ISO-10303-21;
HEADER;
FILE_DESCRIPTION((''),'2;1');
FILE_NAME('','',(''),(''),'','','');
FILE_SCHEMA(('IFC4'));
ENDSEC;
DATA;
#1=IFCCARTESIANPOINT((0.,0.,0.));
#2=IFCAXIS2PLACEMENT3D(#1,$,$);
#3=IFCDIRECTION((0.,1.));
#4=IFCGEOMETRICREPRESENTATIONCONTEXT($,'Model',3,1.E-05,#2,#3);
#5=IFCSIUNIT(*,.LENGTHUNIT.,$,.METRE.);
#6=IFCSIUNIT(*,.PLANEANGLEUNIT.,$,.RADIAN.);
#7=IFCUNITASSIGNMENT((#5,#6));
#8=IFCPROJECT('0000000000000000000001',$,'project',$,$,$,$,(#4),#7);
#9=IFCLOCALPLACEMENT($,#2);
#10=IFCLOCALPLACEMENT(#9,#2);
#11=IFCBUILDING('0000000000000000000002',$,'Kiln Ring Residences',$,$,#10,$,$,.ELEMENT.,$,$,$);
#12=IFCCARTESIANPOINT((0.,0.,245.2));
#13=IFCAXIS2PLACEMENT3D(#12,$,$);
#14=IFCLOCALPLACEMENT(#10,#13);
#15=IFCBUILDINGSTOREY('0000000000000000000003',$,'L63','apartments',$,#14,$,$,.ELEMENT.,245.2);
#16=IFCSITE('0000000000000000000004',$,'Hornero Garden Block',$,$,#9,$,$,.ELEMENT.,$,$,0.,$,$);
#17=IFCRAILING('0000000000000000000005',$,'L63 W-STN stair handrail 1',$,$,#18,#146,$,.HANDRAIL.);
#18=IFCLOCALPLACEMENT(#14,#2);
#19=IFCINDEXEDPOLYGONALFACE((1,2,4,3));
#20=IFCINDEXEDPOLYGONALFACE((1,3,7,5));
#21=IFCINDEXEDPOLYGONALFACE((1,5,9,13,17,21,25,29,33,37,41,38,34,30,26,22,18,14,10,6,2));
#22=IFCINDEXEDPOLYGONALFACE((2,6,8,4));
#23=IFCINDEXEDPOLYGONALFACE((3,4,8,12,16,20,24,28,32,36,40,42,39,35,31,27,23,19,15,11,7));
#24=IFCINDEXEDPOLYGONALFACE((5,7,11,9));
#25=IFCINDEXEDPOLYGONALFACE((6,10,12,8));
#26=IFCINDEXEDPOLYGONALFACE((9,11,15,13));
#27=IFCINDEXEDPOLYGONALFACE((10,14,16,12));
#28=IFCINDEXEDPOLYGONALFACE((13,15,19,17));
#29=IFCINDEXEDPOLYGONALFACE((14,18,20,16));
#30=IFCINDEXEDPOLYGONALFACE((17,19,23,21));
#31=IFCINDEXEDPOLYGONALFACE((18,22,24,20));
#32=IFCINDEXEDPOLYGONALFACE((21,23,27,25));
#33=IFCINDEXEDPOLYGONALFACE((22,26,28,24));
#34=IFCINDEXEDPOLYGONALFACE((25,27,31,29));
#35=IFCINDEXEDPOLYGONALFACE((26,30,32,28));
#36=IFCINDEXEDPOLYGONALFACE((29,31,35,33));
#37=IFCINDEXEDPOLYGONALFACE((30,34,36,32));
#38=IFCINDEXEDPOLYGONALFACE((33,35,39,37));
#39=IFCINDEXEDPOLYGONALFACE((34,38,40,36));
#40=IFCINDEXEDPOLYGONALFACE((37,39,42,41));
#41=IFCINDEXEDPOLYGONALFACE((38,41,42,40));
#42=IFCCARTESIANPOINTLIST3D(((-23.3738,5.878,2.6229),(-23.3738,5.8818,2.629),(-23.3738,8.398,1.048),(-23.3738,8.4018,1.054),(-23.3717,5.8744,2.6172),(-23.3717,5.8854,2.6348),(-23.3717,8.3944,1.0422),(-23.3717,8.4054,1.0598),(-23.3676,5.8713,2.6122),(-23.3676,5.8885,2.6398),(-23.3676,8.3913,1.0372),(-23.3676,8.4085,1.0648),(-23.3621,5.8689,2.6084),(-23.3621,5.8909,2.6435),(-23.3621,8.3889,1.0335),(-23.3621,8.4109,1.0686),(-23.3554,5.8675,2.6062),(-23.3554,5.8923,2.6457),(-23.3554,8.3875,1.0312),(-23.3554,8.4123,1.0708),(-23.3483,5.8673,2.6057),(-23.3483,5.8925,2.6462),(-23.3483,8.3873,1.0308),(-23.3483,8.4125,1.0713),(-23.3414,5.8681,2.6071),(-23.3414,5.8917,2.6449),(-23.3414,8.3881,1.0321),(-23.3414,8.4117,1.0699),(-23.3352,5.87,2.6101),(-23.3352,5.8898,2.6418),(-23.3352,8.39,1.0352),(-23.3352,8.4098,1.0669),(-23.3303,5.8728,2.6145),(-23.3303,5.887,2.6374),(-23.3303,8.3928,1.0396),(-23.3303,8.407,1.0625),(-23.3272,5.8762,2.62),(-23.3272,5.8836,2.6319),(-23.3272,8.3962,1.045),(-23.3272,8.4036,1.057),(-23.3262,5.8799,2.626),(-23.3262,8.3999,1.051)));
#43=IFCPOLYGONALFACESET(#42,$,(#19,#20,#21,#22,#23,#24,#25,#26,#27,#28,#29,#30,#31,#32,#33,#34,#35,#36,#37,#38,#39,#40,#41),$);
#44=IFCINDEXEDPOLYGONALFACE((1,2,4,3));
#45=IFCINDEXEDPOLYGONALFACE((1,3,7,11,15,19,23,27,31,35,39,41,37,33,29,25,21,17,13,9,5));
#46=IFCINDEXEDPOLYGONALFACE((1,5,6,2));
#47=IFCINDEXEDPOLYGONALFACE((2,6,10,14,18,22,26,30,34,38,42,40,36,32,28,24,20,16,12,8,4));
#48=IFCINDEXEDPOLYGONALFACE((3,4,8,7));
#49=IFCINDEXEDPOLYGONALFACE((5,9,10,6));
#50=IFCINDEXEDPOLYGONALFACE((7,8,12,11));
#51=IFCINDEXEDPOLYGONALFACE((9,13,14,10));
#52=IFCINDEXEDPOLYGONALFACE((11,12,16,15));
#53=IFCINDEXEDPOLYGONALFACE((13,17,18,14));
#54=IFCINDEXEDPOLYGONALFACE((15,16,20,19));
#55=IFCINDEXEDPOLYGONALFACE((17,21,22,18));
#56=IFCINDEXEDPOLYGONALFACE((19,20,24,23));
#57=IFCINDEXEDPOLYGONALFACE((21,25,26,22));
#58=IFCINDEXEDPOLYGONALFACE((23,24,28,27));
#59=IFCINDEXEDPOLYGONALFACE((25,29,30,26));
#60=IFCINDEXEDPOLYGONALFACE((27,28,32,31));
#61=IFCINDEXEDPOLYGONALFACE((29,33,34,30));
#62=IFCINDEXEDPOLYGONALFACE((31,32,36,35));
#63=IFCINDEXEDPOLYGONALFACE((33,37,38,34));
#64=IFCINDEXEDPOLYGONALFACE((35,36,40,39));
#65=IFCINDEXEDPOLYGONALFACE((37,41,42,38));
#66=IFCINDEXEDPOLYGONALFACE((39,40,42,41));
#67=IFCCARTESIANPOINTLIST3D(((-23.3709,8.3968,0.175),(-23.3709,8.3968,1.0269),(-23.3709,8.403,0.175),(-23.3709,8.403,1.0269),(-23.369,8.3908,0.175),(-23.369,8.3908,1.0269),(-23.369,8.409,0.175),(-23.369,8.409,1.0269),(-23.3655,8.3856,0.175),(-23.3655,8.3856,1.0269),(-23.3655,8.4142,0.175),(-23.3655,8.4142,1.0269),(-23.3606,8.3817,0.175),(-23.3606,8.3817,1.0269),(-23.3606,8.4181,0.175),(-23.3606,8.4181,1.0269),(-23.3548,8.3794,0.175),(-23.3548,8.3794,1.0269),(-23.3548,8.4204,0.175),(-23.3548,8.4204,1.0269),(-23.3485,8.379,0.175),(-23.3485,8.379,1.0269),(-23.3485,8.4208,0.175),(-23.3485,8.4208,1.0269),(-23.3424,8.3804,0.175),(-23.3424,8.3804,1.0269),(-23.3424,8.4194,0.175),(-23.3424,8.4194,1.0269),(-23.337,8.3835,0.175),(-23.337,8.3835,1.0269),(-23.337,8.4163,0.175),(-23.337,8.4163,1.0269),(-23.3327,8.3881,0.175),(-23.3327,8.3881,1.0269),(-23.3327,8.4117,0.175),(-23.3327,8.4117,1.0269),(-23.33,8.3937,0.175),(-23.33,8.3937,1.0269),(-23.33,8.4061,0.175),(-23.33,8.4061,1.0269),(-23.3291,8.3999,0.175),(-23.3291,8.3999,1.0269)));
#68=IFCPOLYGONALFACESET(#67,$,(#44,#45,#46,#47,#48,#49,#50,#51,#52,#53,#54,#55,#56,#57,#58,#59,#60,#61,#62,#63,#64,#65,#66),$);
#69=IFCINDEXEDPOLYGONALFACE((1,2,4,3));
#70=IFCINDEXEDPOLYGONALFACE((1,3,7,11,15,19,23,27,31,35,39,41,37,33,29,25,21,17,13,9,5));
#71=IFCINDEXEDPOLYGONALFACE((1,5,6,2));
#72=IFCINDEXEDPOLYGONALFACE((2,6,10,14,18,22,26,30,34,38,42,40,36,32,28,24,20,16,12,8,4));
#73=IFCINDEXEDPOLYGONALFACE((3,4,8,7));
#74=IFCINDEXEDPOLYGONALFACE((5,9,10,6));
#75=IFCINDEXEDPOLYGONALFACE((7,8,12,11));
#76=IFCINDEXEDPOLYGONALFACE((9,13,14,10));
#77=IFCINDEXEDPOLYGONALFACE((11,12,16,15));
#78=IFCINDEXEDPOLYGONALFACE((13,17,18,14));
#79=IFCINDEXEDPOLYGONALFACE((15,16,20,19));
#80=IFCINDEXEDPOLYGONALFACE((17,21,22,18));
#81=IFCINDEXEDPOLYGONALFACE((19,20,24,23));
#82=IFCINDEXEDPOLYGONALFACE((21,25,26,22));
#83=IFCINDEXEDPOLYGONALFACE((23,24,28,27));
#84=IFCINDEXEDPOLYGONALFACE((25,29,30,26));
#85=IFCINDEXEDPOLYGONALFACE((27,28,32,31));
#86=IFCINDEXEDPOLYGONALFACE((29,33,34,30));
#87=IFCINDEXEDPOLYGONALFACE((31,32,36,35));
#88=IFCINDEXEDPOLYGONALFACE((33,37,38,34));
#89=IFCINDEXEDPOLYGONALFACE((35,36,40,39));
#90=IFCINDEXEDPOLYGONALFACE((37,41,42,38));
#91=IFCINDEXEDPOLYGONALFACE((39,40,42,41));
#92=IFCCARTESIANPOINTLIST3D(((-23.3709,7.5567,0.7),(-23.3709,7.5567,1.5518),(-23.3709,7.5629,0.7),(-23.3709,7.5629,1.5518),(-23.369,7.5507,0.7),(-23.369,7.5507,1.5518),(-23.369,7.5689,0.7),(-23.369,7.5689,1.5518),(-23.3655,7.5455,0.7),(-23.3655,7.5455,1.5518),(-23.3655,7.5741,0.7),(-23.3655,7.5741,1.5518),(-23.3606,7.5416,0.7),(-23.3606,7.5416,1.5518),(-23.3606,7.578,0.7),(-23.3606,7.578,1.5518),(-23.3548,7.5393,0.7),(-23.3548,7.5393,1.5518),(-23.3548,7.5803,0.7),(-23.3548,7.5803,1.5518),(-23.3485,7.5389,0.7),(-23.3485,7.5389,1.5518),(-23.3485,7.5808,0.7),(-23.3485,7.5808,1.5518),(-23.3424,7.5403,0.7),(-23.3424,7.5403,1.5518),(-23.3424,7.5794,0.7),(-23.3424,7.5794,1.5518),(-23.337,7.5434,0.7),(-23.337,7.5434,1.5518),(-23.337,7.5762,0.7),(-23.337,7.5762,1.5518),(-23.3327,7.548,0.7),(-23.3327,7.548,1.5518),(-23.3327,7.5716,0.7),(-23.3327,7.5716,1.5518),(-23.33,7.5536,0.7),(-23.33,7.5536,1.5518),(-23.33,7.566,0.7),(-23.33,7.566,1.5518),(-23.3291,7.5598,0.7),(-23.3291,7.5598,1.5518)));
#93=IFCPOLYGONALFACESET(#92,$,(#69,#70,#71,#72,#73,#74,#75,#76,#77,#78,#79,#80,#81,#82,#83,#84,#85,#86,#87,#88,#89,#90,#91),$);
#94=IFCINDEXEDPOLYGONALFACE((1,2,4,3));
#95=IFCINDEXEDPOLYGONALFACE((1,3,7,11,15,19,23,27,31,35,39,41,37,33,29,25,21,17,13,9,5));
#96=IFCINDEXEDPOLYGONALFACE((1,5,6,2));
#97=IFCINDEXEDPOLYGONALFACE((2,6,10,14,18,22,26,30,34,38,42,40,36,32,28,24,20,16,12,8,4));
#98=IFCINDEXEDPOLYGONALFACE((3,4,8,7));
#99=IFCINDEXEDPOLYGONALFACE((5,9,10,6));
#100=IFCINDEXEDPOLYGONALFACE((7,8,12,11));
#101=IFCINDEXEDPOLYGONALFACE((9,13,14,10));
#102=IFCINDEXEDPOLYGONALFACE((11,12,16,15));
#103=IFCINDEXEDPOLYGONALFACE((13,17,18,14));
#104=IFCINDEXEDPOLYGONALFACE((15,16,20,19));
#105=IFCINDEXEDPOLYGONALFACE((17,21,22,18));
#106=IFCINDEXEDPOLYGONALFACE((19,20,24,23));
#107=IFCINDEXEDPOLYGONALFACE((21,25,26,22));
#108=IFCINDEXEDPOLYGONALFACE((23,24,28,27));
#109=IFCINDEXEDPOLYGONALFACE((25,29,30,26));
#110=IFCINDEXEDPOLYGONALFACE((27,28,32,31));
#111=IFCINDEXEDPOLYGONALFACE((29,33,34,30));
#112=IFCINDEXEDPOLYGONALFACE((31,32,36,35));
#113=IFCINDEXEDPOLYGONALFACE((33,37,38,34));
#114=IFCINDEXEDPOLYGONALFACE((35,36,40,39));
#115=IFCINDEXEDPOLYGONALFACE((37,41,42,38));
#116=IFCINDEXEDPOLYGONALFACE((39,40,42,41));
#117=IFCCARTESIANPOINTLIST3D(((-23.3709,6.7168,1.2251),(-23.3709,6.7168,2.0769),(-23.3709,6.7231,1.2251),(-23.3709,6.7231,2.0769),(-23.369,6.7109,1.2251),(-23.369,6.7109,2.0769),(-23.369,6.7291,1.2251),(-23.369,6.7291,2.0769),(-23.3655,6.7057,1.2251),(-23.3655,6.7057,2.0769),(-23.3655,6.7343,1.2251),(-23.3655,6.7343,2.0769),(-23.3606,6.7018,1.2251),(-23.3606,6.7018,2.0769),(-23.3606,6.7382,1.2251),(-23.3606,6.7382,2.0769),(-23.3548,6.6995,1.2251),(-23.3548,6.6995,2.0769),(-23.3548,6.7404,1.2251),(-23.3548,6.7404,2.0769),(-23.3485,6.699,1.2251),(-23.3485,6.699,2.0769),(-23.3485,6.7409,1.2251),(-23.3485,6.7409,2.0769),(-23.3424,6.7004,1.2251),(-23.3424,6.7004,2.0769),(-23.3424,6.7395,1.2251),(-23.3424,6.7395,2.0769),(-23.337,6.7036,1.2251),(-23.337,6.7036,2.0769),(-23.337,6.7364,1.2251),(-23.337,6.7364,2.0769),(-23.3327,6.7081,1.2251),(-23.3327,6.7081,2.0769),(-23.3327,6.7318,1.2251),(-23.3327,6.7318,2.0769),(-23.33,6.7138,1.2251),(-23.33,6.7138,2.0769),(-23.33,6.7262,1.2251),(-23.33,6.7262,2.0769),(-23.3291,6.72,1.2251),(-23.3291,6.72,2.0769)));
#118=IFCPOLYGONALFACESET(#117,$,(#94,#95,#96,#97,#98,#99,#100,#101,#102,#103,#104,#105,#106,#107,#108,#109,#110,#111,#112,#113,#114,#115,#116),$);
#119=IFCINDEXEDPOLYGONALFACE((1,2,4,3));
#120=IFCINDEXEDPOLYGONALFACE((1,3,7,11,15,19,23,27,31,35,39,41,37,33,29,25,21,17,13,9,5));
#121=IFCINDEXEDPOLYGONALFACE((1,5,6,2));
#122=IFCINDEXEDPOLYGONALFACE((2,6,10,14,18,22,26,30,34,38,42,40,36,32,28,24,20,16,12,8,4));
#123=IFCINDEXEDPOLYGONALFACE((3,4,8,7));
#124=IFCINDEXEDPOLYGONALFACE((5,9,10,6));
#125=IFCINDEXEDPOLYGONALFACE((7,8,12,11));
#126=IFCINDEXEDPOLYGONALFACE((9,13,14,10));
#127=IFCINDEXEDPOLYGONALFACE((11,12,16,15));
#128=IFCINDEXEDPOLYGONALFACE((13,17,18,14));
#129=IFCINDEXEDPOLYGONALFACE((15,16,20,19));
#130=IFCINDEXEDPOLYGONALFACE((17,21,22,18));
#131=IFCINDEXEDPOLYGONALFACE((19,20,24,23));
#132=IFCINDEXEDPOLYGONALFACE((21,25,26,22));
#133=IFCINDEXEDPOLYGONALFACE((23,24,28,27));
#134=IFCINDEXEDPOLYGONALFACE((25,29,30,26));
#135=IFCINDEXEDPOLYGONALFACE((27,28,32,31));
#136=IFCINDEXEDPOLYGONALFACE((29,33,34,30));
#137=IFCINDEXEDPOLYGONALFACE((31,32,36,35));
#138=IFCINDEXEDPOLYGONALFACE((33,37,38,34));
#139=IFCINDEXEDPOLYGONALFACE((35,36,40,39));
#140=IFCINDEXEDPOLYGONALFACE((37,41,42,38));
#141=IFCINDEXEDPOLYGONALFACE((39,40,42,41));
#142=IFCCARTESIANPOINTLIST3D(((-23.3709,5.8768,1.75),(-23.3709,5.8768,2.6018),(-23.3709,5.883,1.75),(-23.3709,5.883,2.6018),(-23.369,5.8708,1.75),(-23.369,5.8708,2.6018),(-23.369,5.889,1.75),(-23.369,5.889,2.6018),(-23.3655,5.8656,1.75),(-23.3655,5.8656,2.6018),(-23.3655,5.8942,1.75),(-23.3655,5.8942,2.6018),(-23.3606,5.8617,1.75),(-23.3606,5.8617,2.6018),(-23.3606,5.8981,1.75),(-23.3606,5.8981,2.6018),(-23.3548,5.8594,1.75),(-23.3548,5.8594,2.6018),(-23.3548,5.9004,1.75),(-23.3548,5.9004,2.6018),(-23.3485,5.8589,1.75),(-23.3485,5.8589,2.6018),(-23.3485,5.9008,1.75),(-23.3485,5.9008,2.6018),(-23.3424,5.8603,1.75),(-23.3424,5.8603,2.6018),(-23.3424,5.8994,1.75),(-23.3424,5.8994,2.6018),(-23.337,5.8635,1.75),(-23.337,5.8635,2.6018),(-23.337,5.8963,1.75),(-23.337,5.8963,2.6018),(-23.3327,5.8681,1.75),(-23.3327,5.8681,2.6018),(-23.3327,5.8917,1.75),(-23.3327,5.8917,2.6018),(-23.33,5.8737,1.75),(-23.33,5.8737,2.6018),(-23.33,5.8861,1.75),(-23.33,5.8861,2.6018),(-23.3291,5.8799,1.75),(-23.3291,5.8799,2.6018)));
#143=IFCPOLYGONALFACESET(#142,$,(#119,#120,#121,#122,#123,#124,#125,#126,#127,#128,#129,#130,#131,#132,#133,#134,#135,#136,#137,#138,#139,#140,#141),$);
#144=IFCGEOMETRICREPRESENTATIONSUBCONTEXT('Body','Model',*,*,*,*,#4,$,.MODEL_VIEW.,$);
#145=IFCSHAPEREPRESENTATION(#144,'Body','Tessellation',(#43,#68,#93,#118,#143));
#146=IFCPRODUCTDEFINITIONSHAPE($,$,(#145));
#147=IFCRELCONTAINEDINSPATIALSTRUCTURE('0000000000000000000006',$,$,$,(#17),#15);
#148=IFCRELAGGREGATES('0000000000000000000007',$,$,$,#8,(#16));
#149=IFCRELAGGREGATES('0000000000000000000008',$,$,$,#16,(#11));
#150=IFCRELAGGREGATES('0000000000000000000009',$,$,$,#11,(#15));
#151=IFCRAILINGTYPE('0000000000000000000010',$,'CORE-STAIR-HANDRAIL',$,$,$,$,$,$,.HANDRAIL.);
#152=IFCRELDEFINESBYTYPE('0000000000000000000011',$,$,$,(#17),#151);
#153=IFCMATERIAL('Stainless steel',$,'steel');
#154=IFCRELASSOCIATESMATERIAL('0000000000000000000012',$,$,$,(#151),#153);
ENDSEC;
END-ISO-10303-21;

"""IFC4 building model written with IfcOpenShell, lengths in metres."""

from ifc_helpers import new_model, si_unit, direction, frame, origin, origin_2d, place, context, subcontext, project, spatial, circle, extrude, material, type_object, element, save


model = new_model("IFC4")

# Units and contexts
model_context = context("Model", 3, precision=1e-05, world=origin(), true_north=direction((0.0, 1.0)))
body_context = subcontext(model_context, "Body", "Model", "MODEL_VIEW")
ifc_project = project(units=[si_unit("LENGTHUNIT", "METRE"), si_unit("PLANEANGLEUNIT", "RADIAN")], contexts=[model_context])

# Site, building, storey
site_placement = place(None, origin())
site = spatial("IfcSite", under=ifc_project, at=site_placement, Name="Hornero Garden Block", CompositionType="ELEMENT", RefElevation=0.0)
building_placement = place(site_placement, origin())
building = spatial("IfcBuilding", under=site, at=building_placement, Name="Kiln Ring Residences", CompositionType="ELEMENT")
storey_placement = place(building_placement, frame((0.0, 0.0, 245.2)))
storey = spatial("IfcBuildingStorey", under=building, at=storey_placement, Name="L63", Description="apartments", CompositionType="ELEMENT", Elevation=245.2)

# Railing
ifc_material_1 = material(Name="Stainless steel", Category="steel")
railing_type_1 = type_object("IfcRailingType", Name="CORE-STAIR-HANDRAIL", PredefinedType="HANDRAIL", material=ifc_material_1)
railing_1_placement = place(storey_placement, frame((-23.3501, 8.3999, 0.175)))
element("IfcRailing", 1, at=railing_1_placement, inside=storey, type_object=railing_type_1, Name="L63 W-STN stair handrail 1", PredefinedType="HANDRAIL", context=body_context, shape_type="SweptSolid", body=[
    extrude(circle(Radius=0.0239, at=origin_2d()), frame((0.0, 0.0, 0.876), z_axis=(0.0, -0.848008, 0.529984), x_axis=(1.0, 0.0, 0.0)), (0.0, 0.0, 1.0), 2.9717),
    extrude(circle(Radius=0.021, at=origin_2d()), origin(), (0.0, 0.0, 1.0), 0.8518),
    extrude(circle(Radius=0.021, at=origin_2d()), frame((0.0, -0.8401, 0.5249)), (0.0, 0.0, 1.0), 0.8518),
    extrude(circle(Radius=0.021, at=origin_2d()), frame((0.0, -1.6799, 1.05)), (0.0, 0.0, 1.0), 0.8518),
    extrude(circle(Radius=0.021, at=origin_2d()), frame((0.0, -2.52, 1.575)), (0.0, 0.0, 1.0), 0.8518),
])

save(model, "model.ifc")
